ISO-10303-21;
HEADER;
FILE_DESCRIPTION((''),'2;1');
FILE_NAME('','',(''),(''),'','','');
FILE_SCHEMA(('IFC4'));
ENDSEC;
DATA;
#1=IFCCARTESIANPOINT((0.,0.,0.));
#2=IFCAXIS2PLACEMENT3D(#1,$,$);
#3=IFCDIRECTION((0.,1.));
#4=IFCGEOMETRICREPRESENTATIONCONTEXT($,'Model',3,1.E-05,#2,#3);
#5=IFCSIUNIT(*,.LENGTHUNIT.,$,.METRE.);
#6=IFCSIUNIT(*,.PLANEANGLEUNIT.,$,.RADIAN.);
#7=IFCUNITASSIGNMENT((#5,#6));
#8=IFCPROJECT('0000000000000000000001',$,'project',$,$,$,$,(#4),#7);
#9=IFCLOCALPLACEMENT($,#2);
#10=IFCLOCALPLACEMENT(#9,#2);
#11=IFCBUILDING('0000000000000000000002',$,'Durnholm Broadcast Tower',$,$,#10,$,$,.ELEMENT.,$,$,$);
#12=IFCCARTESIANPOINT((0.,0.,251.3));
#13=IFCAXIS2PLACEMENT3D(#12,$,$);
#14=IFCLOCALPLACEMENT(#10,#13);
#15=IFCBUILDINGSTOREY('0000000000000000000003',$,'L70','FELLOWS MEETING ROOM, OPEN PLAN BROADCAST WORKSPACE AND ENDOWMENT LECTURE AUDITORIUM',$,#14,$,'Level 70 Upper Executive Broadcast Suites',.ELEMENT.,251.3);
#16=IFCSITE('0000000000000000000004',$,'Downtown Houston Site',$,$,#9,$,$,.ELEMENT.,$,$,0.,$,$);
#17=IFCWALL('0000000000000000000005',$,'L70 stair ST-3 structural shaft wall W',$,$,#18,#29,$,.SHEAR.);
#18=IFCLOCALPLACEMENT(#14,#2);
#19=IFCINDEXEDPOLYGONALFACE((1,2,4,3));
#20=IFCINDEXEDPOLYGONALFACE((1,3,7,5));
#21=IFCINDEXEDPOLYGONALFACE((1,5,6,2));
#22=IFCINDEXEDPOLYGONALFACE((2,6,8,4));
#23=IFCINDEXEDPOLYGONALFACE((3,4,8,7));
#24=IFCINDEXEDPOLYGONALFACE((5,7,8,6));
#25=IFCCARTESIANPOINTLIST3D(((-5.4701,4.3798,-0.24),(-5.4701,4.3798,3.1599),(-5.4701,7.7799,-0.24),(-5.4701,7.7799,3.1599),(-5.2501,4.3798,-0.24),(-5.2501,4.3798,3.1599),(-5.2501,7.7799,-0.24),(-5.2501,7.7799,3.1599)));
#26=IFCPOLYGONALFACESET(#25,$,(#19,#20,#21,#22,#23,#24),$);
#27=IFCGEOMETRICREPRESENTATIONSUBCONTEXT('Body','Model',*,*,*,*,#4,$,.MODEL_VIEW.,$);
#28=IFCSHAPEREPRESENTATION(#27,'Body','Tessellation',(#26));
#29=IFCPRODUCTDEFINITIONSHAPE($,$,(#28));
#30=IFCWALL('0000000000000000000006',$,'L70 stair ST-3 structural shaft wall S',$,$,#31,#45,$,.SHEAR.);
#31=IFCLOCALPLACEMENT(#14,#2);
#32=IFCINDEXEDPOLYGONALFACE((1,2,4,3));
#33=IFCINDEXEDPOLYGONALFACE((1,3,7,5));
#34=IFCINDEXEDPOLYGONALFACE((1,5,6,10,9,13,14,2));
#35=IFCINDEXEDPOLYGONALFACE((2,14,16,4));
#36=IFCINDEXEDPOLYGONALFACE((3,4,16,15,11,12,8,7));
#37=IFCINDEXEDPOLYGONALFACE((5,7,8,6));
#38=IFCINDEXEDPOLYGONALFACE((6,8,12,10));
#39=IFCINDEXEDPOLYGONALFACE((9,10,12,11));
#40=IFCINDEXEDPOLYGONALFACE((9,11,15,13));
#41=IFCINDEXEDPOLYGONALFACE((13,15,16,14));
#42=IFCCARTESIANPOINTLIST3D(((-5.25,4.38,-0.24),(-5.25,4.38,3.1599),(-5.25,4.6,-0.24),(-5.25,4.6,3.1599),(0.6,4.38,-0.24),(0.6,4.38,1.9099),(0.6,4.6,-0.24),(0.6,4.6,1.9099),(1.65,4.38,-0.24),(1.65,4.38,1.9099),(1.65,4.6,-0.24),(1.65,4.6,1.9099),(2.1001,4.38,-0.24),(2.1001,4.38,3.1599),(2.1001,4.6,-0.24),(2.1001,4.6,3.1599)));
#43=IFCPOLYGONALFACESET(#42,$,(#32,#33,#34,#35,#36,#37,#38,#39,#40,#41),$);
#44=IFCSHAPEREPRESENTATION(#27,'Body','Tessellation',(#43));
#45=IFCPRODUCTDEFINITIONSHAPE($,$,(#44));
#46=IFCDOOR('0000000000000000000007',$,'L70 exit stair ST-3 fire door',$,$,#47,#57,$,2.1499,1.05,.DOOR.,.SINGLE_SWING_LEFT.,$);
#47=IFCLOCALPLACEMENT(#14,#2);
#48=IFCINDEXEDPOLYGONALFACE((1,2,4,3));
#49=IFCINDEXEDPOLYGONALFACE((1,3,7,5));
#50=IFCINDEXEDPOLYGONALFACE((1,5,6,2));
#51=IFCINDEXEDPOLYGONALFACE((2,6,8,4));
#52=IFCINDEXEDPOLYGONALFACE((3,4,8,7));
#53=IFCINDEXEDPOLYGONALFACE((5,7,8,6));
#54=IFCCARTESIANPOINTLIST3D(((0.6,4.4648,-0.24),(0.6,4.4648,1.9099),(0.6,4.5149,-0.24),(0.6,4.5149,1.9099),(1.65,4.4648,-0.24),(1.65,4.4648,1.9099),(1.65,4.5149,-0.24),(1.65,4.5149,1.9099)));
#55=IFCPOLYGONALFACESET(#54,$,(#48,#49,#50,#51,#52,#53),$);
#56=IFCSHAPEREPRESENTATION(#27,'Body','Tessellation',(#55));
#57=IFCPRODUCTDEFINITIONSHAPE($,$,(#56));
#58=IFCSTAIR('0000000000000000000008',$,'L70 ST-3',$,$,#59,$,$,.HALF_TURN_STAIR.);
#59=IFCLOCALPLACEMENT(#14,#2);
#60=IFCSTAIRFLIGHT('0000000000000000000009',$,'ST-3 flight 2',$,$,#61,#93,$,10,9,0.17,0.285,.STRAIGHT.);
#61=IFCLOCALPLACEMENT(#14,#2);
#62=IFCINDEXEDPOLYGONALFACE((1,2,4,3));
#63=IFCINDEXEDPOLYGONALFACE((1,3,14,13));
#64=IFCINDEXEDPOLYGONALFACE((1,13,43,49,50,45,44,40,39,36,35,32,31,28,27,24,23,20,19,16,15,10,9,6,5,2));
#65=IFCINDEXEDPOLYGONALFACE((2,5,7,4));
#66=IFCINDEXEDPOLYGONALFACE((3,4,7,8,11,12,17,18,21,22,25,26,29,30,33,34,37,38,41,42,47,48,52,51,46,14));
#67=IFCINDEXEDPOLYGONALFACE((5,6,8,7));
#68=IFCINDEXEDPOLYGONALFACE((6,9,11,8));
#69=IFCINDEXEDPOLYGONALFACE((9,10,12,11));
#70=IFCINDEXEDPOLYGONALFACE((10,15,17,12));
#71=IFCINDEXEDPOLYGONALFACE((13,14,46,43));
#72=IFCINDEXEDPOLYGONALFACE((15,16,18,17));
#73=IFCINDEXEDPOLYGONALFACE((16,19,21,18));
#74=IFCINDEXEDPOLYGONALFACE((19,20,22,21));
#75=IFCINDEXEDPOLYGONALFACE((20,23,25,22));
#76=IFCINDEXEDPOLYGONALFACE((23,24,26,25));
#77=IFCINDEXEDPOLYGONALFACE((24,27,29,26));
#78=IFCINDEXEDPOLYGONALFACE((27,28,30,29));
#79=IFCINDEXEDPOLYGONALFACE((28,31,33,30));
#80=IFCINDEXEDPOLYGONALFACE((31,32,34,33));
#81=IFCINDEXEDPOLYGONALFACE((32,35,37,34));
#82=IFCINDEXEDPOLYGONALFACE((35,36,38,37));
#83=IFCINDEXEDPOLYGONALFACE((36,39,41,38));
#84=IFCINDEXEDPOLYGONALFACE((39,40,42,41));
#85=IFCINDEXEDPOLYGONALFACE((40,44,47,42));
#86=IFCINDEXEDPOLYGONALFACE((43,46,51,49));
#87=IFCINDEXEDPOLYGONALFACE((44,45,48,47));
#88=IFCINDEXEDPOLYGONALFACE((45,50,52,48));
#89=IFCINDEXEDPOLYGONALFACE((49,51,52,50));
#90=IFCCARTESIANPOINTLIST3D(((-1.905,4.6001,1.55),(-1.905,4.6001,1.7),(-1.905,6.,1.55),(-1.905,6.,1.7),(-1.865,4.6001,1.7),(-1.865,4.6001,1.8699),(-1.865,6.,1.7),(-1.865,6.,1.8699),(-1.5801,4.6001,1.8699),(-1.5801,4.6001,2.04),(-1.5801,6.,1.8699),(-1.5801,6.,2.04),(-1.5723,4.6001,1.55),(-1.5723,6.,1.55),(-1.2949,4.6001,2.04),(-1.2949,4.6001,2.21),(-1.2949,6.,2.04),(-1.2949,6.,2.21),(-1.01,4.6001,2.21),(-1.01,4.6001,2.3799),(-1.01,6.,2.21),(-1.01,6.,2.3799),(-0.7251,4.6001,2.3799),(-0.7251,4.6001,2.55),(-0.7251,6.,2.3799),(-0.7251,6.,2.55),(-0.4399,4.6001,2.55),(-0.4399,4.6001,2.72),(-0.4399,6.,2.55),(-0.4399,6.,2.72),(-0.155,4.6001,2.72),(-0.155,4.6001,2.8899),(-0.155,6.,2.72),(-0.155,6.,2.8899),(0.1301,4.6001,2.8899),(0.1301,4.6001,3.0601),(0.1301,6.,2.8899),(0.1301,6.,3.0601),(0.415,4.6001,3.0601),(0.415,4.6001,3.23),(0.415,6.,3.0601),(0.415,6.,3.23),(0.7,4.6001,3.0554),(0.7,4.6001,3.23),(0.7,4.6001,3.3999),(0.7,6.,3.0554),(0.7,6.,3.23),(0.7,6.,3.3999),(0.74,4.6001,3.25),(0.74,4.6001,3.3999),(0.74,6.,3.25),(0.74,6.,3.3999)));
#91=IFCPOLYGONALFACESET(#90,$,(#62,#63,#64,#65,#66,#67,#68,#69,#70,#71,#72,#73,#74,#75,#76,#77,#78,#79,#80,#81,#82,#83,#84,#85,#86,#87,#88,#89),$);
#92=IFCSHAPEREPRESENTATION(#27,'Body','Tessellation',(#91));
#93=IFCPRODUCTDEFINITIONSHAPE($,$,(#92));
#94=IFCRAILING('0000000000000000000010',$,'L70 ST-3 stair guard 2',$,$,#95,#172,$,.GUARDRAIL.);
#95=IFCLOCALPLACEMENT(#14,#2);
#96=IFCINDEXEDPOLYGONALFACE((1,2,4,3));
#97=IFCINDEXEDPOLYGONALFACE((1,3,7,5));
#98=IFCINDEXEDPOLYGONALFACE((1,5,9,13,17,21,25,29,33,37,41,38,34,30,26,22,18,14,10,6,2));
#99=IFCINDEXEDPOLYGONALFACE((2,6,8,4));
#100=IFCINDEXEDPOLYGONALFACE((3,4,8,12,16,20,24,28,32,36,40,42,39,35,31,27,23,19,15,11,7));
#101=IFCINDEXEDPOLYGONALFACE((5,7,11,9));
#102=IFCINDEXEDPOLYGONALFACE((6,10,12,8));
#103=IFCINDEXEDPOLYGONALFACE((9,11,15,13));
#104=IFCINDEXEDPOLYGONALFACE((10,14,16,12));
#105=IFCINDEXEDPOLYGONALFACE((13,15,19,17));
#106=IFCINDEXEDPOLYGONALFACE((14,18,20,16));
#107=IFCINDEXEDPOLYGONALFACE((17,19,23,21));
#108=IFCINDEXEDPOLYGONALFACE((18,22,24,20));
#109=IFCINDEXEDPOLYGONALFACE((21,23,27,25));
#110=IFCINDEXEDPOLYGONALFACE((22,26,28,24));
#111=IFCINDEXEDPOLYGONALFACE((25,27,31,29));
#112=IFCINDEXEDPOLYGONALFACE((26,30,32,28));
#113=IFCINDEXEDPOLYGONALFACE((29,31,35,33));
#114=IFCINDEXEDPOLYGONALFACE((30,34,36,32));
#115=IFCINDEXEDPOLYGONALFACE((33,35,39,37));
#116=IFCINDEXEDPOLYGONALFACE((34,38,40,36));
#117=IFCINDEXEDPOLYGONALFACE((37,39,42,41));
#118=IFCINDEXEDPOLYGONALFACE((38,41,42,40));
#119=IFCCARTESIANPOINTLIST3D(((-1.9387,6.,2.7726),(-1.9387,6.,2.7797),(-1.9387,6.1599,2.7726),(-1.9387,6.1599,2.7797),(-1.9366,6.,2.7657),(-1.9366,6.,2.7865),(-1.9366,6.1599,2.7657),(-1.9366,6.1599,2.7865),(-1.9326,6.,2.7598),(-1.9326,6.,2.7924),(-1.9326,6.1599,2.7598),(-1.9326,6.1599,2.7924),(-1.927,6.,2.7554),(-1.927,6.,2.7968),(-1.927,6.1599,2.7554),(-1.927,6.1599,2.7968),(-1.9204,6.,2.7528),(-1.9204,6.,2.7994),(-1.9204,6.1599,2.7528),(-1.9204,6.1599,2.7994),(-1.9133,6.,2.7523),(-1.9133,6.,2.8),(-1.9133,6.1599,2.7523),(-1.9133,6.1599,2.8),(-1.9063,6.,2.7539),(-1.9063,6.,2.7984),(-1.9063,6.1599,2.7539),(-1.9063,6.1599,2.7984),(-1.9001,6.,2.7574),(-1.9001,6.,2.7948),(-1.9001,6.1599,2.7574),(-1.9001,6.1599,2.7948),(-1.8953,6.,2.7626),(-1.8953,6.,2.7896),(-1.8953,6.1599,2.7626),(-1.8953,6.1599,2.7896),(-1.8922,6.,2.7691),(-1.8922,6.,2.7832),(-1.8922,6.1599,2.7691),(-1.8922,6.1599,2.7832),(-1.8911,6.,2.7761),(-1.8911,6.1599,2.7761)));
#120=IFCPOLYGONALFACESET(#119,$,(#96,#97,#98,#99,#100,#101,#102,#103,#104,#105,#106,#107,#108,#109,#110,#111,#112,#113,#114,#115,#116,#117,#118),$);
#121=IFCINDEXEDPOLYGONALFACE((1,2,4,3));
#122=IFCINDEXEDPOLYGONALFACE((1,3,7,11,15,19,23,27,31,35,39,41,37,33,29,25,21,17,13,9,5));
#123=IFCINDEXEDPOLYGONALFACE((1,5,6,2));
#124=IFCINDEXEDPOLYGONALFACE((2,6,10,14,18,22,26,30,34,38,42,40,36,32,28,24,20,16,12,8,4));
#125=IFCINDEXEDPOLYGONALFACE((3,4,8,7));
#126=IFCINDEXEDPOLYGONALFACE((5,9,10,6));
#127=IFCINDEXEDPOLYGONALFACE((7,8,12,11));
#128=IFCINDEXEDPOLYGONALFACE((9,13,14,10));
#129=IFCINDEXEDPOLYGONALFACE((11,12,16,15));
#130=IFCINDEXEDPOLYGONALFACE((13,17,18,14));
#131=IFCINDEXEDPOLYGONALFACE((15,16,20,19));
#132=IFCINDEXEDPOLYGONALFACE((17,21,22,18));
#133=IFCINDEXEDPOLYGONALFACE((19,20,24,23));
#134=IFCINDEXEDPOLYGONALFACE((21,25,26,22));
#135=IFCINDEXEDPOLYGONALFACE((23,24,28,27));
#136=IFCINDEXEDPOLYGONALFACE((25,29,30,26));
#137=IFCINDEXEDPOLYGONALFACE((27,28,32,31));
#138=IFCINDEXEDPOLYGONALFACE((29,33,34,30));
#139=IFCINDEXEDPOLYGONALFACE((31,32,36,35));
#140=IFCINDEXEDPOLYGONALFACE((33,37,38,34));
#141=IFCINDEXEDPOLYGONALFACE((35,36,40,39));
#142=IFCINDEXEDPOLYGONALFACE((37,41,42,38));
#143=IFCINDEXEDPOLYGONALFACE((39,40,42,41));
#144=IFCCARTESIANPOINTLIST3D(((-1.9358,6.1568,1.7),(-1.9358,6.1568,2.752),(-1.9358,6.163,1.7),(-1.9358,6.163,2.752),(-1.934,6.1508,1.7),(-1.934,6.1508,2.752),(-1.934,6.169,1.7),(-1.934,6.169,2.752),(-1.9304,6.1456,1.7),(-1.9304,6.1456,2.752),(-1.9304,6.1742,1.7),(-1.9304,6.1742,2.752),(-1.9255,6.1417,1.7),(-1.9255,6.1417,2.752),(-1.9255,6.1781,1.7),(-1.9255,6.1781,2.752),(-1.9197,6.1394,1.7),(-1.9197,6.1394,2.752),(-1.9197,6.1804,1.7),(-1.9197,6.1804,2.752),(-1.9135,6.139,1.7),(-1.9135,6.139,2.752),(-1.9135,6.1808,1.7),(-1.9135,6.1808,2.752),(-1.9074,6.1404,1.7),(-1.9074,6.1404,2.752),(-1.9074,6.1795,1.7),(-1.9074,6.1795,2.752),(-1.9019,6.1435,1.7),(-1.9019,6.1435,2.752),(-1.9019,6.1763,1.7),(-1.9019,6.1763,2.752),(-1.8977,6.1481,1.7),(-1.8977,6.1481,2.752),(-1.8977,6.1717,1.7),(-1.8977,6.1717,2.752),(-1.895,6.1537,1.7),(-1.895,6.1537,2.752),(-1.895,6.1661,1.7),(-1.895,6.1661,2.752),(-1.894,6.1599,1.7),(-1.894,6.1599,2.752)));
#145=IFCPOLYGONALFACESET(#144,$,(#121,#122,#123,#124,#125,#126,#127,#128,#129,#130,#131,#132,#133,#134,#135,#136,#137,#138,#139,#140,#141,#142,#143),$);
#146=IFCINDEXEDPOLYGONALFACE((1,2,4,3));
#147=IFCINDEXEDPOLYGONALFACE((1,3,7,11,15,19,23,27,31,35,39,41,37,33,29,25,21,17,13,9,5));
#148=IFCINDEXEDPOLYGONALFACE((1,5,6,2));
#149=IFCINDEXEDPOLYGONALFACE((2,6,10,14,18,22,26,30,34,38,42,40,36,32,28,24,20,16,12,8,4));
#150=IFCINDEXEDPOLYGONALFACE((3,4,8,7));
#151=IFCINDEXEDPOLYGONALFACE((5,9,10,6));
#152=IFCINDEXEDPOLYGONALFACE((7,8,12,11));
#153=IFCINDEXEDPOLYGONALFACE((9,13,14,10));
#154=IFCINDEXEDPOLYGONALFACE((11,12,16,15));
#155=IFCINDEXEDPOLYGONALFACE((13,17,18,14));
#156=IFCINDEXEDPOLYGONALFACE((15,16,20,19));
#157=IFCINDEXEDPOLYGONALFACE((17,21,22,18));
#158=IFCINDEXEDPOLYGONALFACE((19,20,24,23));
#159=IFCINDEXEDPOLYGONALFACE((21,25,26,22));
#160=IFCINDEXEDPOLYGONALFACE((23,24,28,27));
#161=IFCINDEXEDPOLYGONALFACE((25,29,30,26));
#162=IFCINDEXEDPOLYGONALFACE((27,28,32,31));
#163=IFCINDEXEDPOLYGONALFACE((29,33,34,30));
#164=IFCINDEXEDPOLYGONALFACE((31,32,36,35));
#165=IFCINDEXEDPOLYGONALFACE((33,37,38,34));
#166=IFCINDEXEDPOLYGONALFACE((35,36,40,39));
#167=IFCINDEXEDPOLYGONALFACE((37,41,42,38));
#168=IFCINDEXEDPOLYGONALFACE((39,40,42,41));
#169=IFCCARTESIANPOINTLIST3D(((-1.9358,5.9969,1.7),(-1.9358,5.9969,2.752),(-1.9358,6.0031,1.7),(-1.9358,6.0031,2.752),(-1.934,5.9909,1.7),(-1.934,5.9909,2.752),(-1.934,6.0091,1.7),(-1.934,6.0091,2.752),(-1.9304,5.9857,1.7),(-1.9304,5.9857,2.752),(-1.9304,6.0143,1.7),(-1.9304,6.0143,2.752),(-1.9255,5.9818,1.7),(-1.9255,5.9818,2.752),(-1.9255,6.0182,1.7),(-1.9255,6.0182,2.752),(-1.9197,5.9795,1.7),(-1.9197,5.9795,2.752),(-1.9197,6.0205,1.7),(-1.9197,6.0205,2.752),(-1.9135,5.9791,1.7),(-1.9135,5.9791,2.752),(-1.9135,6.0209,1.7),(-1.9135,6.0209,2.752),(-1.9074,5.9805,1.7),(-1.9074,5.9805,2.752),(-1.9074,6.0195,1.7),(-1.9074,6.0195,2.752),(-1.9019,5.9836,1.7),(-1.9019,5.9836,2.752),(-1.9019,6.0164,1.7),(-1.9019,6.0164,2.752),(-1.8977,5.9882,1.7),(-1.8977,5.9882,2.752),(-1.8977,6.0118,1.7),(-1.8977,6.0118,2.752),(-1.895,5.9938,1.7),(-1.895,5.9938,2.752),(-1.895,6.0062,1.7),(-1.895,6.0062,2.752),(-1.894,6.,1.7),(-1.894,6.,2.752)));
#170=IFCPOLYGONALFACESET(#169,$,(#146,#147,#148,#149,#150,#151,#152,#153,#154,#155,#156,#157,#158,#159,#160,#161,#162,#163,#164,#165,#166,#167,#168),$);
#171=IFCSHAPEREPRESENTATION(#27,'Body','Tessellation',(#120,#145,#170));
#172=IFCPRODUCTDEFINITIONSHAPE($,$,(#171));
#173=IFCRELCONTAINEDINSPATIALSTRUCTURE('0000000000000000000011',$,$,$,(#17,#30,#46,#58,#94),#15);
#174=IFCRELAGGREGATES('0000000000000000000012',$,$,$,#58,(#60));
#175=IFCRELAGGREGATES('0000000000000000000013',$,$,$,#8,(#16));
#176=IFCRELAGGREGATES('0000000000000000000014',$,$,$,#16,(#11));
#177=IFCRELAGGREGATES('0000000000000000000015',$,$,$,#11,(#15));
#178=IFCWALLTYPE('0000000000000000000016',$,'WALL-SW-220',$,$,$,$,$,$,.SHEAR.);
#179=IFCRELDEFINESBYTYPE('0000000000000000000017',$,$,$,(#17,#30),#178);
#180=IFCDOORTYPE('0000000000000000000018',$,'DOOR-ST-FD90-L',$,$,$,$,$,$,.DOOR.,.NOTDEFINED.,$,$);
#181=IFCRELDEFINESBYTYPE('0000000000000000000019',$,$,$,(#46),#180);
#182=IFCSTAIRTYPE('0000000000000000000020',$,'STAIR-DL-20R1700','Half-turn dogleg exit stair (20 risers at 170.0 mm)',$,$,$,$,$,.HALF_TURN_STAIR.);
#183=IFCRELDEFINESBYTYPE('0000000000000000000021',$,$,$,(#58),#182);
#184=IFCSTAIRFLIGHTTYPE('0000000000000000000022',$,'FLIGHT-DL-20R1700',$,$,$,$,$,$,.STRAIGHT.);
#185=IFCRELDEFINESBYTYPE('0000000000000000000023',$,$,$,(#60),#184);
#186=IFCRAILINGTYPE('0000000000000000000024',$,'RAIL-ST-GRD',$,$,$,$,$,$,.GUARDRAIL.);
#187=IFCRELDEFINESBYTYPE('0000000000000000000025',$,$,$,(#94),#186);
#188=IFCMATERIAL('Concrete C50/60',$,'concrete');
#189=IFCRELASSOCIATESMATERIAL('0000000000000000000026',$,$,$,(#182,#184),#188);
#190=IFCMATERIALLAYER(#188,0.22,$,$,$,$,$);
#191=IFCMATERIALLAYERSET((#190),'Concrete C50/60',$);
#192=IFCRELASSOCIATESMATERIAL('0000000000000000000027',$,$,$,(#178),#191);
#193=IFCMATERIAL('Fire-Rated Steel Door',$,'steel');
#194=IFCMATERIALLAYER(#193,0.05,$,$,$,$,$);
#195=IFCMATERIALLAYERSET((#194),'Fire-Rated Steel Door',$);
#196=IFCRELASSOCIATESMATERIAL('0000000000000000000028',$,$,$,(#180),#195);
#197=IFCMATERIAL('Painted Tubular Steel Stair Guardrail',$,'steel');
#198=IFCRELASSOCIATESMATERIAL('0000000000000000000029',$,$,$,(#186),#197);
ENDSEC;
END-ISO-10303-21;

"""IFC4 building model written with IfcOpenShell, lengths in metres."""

from ifc_helpers import new_model, si_unit, direction, frame, frame_2d, origin, origin_2d, place, context, subcontext, project, spatial, polyline, rectangle, circle, outline, extrude, source, transform, mapped, material, layer, layer_set, type_object, type_shapes, element, fill, aggregate, save


model = new_model("IFC4")

# Units and contexts
model_context = context("Model", 3, precision=1e-05, world=origin(), true_north=direction((0.0, 1.0)))
body_context = subcontext(model_context, "Body", "Model", "MODEL_VIEW")
ifc_project = project(units=[si_unit("LENGTHUNIT", "METRE"), si_unit("PLANEANGLEUNIT", "RADIAN")], contexts=[model_context])

# Site, building, storey
site_placement = place(None, origin())
site = spatial("IfcSite", under=ifc_project, at=site_placement, Name="Downtown Houston Site", CompositionType="ELEMENT", RefElevation=0.0)
building_placement = place(site_placement, origin())
building = spatial("IfcBuilding", under=site, at=building_placement, Name="Durnholm Broadcast Tower", CompositionType="ELEMENT")
storey_placement = place(building_placement, frame((0.0, 0.0, 251.3)))
storey = spatial("IfcBuildingStorey", under=building, at=storey_placement, Name="L70", Description="FELLOWS MEETING ROOM, OPEN PLAN BROADCAST WORKSPACE AND ENDOWMENT LECTURE AUDITORIUM", LongName="Level 70 Upper Executive Broadcast Suites", CompositionType="ELEMENT", Elevation=251.3)

# Shared definitions
ifc_material_1 = material(Name="Concrete C50/60", Category="concrete")

# Shared definitions
stair_type = type_object("IfcStairType", Name="STAIR-DL-20R1700", Description="Half-turn dogleg exit stair (20 risers at 170.0 mm)", PredefinedType="HALF_TURN_STAIR", material=ifc_material_1)

# Wall
ifc_layer_1 = layer(ifc_material_1, 0.22)
ifc_layer_set_1 = layer_set([ifc_layer_1], Name="Concrete C50/60")
wall_type_1 = type_object("IfcWallType", Name="WALL-SW-220", PredefinedType="SHEAR", material=ifc_layer_set_1)
wall_1_placement = place(storey_placement, frame((-5.3601, 7.78, -0.24), z_axis=(0.0, 0.0, 1.0), x_axis=(0.0, -1.0, 0.0)))
element("IfcWall", 1, at=wall_1_placement, inside=storey, type_object=wall_type_1, Name="L70 stair ST-3 structural shaft wall W", PredefinedType="SHEAR", context=body_context, shape_type="SweptSolid", body=[
    extrude(rectangle(XDim=3.4001, YDim=0.22, at=frame_2d((1.7002, 0.0))), origin(), (0.0, 0.0, 1.0), 3.3999),
])

# Wall, opening, door
wall_2_placement = place(storey_placement, frame((-5.25, 4.49, -0.24), z_axis=(0.0, 0.0, 1.0), x_axis=(1.0, 0.0, 0.0)))
wall_2 = element("IfcWall", 2, at=wall_2_placement, inside=storey, type_object=wall_type_1, Name="L70 stair ST-3 structural shaft wall S", PredefinedType="SHEAR", context=body_context, shape_type="SweptSolid", body=[
    extrude(rectangle(XDim=7.3501, YDim=0.22, at=frame_2d((3.675, 0.0))), origin(), (0.0, 0.0, 1.0), 3.3999),
])
opening_1_placement = place(wall_2_placement, frame((5.8501, 0.0, 0.0)))
opening_1 = element("IfcOpeningElement", 3, at=opening_1_placement, cuts=wall_2, PredefinedType="OPENING", context=body_context, shape_type="SweptSolid", body=[
    extrude(rectangle(XDim=1.05, YDim=2.1499, at=frame_2d((0.5249, 1.075))), frame((0.0, 0.1201, 0.0), z_axis=(0.0, -1.0, 0.0), x_axis=(1.0, 0.0, 0.0)), (0.0, 0.0, 1.0), 0.24),
])
ifc_material_2 = material(Name="Fire-Rated Steel Door", Category="steel")
ifc_layer_2 = layer(ifc_material_2, 0.05)
ifc_layer_set_2 = layer_set([ifc_layer_2], Name="Fire-Rated Steel Door")
door_type_1 = type_object("IfcDoorType", Name="DOOR-ST-FD90-L", OperationType="NOTDEFINED", PredefinedType="DOOR", material=ifc_layer_set_2)
shared_shape_1 = source(origin(), body_context, "Body", "SweptSolid", [
    extrude(rectangle(XDim=1.05, YDim=2.1499, at=frame_2d((0.5249, 1.075))), frame((0.0, 0.0249, 0.0), z_axis=(0.0, -1.0, 0.0), x_axis=(1.0, 0.0, 0.0)), (0.0, 0.0, 1.0), 0.05),
])
type_shapes(door_type_1, [shared_shape_1])
door_1_placement = place(opening_1_placement, origin())
door_1 = element("IfcDoor", 4, at=door_1_placement, inside=storey, type_object=door_type_1, Name="L70 exit stair ST-3 fire door", OperationType="SINGLE_SWING_LEFT", OverallHeight=2.1499, OverallWidth=1.05, PredefinedType="DOOR", context=body_context, shape_type="MappedRepresentation", body=[
    mapped(shared_shape_1, transform((0.0, 0.0, 0.0), x_axis=(1.0, 0.0, 0.0), y_axis=(0.0, 1.0, 0.0), z_axis=(0.0, 0.0, 1.0), scale=1.0)),
])
fill(opening_1, door_1)

# Stair, stair flight
stair_1_placement = place(storey_placement, origin())
stair_1 = element("IfcStair", 5, at=stair_1_placement, inside=storey, type_object=stair_type, Name="L70 ST-3", PredefinedType="HALF_TURN_STAIR")
stair_flight_type = type_object("IfcStairFlightType", Name="FLIGHT-DL-20R1700", PredefinedType="STRAIGHT", material=ifc_material_1)
stair_flight_placement = place(storey_placement, frame((-1.865, 5.3, 1.7), z_axis=(0.0, 0.0, 1.0), x_axis=(1.0, 0.0, 0.0)))
stair_flight = element("IfcStairFlight", 6, at=stair_flight_placement, type_object=stair_flight_type, Name="ST-3 flight 2", NumberOfRisers=10, NumberOfTreads=9, PredefinedType="STRAIGHT", RiserHeight=0.17, TreadLength=0.285, context=body_context, shape_type="SweptSolid", body=[
    extrude(outline(polyline([(-0.04, -0.1499), (-0.04, 0.0), (0.0, 0.0), (0.0, 0.1699), (0.2849, 0.1699), (0.2849, 0.3401), (0.5701, 0.3401), (0.5701, 0.51), (0.855, 0.51), (0.855, 0.6799), (1.1399, 0.6799), (1.1399, 0.8501), (1.425, 0.8501), (1.425, 1.02), (1.71, 1.02), (1.71, 1.1899), (1.9951, 1.1899), (1.9951, 1.3601), (2.28, 1.3601), (2.28, 1.53), (2.5649, 1.53), (2.5649, 1.7), (2.605, 1.7), (2.605, 1.55), (2.5649, 1.3555), (0.2927, -0.1499), (-0.04, -0.1499)])), frame((0.0, 0.7, 0.0), z_axis=(0.0, -1.0, 0.0), x_axis=(1.0, 0.0, 0.0)), (0.0, 0.0, 1.0), 1.3999),
])
aggregate(stair_1, [stair_flight])

# Railing
ifc_material_3 = material(Name="Painted Tubular Steel Stair Guardrail", Category="steel")
railing_type_1 = type_object("IfcRailingType", Name="RAIL-ST-GRD", PredefinedType="GUARDRAIL", material=ifc_material_3)
railing_1_placement = place(storey_placement, frame((-1.915, 6.1599, 1.7)))
element("IfcRailing", 7, at=railing_1_placement, inside=storey, type_object=railing_type_1, Name="L70 ST-3 stair guard 2", PredefinedType="GUARDRAIL", context=body_context, shape_type="SweptSolid", body=[
    extrude(circle(Radius=0.0239, at=origin_2d()), frame((0.0, 0.0, 1.0762), z_axis=(0.0, -1.0, 0.0), x_axis=(1.0, 0.0, 0.0)), (0.0, 0.0, 1.0), 0.1599),
    extrude(circle(Radius=0.021, at=origin_2d()), origin(), (0.0, 0.0, 1.0), 1.052),
    extrude(circle(Radius=0.021, at=origin_2d()), frame((0.0, -0.1599, 0.0)), (0.0, 0.0, 1.0), 1.052),
])

save(model, "model.ifc")
